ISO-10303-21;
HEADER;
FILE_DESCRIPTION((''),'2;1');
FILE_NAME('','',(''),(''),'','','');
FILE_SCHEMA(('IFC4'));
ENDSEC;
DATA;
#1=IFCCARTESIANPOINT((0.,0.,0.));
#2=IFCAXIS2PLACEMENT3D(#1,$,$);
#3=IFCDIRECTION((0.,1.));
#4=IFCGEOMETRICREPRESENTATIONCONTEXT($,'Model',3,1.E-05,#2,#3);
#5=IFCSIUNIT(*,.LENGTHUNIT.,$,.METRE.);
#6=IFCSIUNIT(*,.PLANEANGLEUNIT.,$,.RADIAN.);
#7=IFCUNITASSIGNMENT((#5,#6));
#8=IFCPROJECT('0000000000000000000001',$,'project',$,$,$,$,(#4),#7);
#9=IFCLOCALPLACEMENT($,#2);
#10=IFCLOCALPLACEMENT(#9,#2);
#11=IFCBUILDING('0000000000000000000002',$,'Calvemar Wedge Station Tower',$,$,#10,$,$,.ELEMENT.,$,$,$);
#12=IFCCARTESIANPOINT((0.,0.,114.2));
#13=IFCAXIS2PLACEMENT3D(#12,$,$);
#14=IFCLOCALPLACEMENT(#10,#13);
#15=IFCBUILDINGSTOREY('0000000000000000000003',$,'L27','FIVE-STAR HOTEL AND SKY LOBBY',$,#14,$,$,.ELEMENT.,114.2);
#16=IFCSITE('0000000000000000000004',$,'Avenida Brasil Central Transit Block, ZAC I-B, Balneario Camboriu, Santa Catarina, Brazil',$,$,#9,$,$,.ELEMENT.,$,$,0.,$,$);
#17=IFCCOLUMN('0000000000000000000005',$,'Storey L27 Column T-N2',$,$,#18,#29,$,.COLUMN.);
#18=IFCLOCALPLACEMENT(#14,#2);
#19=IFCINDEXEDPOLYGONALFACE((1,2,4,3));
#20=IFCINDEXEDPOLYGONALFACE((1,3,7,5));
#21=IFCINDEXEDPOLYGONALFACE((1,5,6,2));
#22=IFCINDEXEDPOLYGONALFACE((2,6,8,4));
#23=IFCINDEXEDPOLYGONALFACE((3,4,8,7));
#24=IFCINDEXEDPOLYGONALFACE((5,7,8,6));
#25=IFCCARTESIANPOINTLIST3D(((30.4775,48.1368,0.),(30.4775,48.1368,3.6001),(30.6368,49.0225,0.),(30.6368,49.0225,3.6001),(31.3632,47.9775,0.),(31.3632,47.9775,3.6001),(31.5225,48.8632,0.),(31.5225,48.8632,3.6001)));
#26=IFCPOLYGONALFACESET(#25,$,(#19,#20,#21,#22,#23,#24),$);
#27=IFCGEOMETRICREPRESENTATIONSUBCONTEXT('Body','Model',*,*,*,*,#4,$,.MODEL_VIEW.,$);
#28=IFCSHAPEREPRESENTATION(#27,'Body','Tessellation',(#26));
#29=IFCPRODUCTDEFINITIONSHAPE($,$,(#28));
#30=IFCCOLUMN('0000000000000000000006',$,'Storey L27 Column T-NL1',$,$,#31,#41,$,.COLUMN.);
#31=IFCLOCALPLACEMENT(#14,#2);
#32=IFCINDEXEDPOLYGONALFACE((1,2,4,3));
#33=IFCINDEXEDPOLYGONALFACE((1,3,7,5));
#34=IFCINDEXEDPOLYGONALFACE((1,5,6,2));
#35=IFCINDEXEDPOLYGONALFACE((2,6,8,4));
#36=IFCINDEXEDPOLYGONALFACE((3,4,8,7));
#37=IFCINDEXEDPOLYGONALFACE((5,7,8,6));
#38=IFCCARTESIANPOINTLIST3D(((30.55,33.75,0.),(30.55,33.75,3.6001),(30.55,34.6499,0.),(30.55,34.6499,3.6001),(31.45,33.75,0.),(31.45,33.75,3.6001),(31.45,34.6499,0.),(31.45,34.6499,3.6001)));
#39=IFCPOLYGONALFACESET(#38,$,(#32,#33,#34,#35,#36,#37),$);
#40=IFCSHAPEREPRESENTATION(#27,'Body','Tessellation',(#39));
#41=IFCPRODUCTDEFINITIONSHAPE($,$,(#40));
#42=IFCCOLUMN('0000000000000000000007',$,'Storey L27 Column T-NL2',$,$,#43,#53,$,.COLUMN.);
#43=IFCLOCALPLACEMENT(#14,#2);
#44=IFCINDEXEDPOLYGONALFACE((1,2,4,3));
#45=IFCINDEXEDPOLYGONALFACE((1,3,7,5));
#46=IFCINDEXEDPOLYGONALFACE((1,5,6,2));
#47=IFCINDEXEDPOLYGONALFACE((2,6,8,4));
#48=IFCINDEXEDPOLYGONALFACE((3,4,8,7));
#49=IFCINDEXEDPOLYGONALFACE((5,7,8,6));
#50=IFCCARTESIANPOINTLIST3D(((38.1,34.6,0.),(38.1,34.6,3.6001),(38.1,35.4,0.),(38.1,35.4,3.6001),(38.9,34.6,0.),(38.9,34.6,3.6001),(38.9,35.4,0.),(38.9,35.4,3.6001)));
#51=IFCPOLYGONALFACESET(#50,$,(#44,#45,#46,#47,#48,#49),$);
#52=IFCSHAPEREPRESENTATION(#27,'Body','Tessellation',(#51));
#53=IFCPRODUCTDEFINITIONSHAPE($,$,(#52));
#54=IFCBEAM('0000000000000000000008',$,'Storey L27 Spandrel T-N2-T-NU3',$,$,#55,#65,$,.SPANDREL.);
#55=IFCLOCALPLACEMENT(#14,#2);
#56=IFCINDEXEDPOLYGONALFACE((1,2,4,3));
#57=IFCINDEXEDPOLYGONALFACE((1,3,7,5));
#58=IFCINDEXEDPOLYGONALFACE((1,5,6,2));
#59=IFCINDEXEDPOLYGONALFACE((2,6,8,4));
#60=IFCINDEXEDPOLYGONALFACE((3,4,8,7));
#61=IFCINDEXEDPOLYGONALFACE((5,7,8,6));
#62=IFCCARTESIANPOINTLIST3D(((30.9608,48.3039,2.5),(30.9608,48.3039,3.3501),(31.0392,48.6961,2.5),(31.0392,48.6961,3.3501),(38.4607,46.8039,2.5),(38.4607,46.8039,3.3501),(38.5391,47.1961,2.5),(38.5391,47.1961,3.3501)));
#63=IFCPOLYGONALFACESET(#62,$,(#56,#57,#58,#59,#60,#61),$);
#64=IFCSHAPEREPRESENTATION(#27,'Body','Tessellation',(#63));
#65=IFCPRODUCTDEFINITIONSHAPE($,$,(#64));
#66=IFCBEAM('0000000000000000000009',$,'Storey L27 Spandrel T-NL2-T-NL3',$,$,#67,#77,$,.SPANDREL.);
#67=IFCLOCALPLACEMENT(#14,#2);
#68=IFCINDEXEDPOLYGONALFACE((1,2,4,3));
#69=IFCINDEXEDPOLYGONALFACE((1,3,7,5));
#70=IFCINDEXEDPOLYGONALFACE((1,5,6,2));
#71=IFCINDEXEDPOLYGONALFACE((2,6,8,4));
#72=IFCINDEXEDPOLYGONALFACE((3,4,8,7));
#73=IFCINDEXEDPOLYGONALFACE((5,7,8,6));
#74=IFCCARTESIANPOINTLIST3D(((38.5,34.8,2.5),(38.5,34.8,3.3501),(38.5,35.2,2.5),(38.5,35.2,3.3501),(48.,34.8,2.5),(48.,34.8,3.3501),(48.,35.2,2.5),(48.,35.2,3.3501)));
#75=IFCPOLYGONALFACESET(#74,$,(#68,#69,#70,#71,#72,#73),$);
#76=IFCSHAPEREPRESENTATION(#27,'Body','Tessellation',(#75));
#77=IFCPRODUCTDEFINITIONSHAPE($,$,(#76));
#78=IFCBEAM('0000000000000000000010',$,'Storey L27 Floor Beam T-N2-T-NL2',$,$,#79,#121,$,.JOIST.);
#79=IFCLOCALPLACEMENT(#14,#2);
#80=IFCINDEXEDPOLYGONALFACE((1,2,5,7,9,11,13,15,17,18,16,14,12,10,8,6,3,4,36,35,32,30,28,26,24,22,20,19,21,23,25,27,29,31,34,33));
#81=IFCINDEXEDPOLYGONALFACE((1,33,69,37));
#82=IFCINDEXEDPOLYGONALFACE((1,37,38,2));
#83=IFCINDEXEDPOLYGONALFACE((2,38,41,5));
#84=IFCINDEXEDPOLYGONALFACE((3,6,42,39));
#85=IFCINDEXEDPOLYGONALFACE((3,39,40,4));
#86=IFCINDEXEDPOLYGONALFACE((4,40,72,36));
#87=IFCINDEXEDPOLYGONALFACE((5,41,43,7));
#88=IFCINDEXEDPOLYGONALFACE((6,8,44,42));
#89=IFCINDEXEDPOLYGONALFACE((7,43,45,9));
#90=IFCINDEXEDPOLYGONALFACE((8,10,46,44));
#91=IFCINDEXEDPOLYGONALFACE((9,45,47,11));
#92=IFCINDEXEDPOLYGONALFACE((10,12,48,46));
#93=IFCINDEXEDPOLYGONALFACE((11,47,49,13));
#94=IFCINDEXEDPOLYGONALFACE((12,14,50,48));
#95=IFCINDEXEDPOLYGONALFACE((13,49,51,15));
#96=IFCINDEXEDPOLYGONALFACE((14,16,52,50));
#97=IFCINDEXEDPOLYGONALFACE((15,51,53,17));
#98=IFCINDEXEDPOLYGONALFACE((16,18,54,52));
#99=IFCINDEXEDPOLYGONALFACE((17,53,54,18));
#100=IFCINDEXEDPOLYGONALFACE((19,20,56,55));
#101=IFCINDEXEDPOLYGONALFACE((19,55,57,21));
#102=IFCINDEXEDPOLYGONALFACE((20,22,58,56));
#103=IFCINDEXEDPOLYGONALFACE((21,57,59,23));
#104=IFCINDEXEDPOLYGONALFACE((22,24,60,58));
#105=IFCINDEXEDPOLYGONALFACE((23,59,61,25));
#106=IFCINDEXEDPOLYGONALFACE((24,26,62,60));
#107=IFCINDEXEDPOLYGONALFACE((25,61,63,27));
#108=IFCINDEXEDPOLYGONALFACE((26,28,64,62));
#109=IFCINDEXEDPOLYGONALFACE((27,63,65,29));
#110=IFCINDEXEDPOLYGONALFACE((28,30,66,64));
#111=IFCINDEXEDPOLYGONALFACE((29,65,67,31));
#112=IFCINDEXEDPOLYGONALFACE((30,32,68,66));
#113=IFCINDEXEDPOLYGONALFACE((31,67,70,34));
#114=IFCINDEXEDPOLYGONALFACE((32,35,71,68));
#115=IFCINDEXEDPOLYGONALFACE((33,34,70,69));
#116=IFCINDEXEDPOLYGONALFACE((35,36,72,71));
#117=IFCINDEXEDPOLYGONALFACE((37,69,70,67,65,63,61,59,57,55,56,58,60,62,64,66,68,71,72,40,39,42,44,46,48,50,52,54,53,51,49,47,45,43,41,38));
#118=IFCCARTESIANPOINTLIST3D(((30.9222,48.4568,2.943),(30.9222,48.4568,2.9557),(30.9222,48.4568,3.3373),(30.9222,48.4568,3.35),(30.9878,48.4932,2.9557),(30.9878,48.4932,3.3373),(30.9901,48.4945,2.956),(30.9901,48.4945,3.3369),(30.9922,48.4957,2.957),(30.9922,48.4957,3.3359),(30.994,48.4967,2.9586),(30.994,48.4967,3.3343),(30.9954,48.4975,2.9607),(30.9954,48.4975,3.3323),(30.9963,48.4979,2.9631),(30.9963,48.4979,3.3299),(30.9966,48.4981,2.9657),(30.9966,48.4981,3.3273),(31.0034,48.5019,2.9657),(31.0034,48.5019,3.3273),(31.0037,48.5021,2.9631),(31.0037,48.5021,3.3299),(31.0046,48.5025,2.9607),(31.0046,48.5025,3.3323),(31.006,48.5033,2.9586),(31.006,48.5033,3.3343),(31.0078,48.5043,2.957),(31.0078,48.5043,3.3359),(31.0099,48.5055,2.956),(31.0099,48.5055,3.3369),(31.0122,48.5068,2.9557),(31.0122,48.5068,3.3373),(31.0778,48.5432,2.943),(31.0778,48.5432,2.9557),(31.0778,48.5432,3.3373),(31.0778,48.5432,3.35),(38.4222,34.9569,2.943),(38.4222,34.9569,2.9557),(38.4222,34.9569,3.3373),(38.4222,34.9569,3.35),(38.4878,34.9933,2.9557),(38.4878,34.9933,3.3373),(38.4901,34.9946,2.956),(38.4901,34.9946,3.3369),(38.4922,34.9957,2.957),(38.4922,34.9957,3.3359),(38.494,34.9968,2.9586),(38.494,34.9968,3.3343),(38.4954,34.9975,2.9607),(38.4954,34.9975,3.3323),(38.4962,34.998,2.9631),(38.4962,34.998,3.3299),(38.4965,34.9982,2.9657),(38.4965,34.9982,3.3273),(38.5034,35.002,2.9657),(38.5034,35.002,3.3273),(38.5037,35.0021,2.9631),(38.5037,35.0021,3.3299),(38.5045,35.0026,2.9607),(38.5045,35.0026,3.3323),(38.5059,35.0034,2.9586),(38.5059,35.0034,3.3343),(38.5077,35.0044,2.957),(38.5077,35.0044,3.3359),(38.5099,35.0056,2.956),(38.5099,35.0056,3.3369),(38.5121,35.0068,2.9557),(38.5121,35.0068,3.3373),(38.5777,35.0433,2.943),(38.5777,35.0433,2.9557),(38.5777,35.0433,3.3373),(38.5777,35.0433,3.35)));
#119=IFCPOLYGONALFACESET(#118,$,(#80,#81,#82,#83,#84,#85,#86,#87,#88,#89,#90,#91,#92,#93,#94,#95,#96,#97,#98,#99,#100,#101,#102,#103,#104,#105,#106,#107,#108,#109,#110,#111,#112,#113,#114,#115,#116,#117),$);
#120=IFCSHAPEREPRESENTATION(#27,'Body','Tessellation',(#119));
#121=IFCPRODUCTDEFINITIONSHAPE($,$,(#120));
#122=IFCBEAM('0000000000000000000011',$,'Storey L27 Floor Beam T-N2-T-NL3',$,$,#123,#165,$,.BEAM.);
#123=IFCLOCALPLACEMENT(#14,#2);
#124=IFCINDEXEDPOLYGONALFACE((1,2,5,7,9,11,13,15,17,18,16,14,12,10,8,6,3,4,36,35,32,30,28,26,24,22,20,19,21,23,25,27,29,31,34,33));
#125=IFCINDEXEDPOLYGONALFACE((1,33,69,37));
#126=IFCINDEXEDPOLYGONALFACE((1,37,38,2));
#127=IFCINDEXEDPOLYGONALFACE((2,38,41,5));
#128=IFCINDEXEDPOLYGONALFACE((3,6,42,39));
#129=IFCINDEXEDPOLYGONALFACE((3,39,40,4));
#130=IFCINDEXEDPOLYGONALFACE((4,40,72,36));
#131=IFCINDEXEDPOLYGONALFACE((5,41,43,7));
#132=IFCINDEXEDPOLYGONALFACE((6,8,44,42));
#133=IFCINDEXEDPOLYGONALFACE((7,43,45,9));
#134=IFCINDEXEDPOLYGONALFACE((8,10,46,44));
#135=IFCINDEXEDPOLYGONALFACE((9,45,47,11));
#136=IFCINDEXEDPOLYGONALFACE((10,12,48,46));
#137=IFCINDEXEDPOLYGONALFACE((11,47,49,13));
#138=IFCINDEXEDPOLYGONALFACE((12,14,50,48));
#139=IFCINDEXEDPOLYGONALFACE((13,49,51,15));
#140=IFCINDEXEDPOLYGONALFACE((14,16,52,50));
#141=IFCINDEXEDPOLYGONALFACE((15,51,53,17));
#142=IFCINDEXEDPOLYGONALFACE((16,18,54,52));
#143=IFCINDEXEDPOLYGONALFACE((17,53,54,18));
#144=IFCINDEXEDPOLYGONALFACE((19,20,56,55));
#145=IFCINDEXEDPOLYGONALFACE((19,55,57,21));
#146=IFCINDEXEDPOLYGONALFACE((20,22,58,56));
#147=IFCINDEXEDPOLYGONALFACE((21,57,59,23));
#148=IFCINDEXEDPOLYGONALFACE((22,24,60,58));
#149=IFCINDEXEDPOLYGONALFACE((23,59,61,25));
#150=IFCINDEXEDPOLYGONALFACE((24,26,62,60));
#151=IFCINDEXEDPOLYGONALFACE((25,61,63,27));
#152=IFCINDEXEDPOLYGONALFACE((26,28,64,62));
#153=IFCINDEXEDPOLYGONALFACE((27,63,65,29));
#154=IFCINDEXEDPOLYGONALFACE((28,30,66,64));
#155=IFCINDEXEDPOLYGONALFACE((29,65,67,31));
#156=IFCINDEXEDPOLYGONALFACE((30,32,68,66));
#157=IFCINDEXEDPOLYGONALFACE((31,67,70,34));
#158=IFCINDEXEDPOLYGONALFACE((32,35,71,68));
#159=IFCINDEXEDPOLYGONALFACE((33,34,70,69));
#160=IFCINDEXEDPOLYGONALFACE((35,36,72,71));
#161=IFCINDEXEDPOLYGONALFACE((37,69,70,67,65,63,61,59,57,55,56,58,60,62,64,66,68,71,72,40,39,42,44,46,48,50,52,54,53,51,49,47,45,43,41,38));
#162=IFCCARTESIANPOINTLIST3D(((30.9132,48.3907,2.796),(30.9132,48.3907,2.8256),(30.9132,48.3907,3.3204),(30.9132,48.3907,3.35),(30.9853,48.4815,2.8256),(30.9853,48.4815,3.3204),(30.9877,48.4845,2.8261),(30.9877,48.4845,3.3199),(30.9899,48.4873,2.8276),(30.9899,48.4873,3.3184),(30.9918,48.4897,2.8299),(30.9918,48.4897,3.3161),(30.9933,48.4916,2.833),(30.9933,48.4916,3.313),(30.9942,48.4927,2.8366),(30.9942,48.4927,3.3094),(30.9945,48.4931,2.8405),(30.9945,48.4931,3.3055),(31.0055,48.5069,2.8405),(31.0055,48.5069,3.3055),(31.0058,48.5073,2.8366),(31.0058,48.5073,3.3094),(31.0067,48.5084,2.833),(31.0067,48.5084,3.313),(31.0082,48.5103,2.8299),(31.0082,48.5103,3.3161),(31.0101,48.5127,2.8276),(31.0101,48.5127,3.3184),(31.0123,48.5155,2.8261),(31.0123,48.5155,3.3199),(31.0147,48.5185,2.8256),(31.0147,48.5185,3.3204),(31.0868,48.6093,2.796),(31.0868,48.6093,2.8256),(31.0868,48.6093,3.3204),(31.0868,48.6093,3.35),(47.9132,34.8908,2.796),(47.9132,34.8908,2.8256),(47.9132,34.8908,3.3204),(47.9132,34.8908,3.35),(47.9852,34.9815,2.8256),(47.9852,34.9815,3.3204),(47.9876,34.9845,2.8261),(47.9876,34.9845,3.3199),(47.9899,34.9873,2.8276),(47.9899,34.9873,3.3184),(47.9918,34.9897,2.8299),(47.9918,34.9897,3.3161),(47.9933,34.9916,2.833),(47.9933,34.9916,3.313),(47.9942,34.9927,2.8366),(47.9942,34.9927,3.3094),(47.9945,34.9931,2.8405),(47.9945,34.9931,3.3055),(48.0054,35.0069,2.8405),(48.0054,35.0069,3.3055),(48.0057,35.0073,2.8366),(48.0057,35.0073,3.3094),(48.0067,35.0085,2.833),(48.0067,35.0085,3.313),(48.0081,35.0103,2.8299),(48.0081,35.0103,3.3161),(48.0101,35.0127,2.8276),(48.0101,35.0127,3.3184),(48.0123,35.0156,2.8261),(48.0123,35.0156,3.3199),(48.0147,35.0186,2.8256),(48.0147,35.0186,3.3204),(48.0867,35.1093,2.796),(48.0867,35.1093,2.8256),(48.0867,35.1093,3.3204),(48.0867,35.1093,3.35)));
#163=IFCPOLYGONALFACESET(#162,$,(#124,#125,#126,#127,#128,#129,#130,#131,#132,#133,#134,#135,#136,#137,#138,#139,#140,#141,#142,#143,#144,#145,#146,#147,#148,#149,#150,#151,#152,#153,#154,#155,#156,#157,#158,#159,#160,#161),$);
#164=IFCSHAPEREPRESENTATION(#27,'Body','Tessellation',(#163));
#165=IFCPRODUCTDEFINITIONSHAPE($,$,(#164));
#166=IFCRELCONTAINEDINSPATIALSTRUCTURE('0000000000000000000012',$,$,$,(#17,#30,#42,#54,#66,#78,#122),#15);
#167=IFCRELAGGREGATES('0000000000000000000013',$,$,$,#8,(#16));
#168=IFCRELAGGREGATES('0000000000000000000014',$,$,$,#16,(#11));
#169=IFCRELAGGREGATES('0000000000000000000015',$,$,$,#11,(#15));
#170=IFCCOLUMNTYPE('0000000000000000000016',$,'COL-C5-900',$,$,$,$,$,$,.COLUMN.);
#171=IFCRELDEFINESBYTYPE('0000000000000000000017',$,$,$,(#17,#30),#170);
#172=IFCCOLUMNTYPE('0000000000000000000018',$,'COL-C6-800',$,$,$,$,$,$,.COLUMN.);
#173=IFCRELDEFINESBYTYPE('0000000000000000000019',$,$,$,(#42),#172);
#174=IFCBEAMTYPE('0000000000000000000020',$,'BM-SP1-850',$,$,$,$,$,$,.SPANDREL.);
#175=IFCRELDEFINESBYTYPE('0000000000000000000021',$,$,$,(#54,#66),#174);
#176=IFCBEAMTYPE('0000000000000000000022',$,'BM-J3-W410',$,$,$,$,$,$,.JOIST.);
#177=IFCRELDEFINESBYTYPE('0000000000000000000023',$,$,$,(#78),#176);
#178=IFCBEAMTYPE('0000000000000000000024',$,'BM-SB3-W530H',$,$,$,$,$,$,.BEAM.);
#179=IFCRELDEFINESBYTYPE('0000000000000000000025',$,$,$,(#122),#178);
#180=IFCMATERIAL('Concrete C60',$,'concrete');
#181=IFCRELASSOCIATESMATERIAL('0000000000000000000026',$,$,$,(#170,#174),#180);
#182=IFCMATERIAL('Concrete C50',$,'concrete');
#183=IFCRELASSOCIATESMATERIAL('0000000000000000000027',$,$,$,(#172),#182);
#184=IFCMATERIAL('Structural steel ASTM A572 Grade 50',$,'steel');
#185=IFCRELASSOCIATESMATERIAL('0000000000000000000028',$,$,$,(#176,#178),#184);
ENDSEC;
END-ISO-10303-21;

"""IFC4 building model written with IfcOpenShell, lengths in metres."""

from ifc_helpers import new_model, si_unit, direction, frame, origin, origin_2d, place, context, subcontext, project, spatial, rectangle, i_section, extrude, source, transform, mapped, material, material_profile, profile_set, type_object, element, save


model = new_model("IFC4")

# Units and contexts
model_context = context("Model", 3, precision=1e-05, world=origin(), true_north=direction((0.0, 1.0)))
body_context = subcontext(model_context, "Body", "Model", "MODEL_VIEW")
ifc_project = project(units=[si_unit("LENGTHUNIT", "METRE"), si_unit("PLANEANGLEUNIT", "RADIAN")], contexts=[model_context])

# Site, building, storey
site_placement = place(None, origin())
site = spatial("IfcSite", under=ifc_project, at=site_placement, Name="Avenida Brasil Central Transit Block, ZAC I-B, Balneario Camboriu, Santa Catarina, Brazil", CompositionType="ELEMENT", RefElevation=0.0)
building_placement = place(site_placement, origin())
building = spatial("IfcBuilding", under=site, at=building_placement, Name="Calvemar Wedge Station Tower", CompositionType="ELEMENT")
storey_placement = place(building_placement, frame((0.0, 0.0, 114.2)))
storey = spatial("IfcBuildingStorey", under=building, at=storey_placement, Name="L27", Description="FIVE-STAR HOTEL AND SKY LOBBY", CompositionType="ELEMENT", Elevation=114.2)

# Columns
ifc_material_1 = material(Name="Concrete C60", Category="concrete")
ifc_material_profile_1 = material_profile(ifc_material_1, rectangle(XDim=0.8999, YDim=0.8999, at=origin_2d()), Name="RC900x900")
ifc_profile_set_1 = profile_set([ifc_material_profile_1], Name="Concrete C60")
column_type_1 = type_object("IfcColumnType", Name="COL-C5-900", PredefinedType="COLUMN", material=ifc_profile_set_1)
shared_shape_1 = source(origin(), body_context, "Body", "SweptSolid", [
    extrude(rectangle(XDim=0.8999, YDim=0.8999, at=origin_2d()), origin(), (0.0, 0.0, 1.0), 3.6001),
])
for number, where, z_axis, x_axis, name in (
    (1, (31.0, 48.5, 0.0), (0.0, 0.0, 1.0), (0.984196, -0.177085, 0.0), "Storey L27 Column T-N2"),
    (2, (31.0, 34.2, 0.0), (0.0, 0.0, 1.0), (1.0, 0.0, 0.0), "Storey L27 Column T-NL1"),
):
    element("IfcColumn", number, at=place(storey_placement, frame(where, z_axis=z_axis, x_axis=x_axis)), inside=storey, type_object=column_type_1, Name=name, PredefinedType="COLUMN", context=body_context, shape_type="MappedRepresentation", body=[
        mapped(shared_shape_1, transform((0.0, 0.0, 0.0), scale=1.0)),
    ])
ifc_material_2 = material(Name="Concrete C50", Category="concrete")
ifc_material_profile_2 = material_profile(ifc_material_2, rectangle(XDim=0.8, YDim=0.8, at=origin_2d()), Name="RC800x800")
ifc_profile_set_2 = profile_set([ifc_material_profile_2], Name="Concrete C50")
column_type_2 = type_object("IfcColumnType", Name="COL-C6-800", PredefinedType="COLUMN", material=ifc_profile_set_2)
shared_shape_2 = source(origin(), body_context, "Body", "SweptSolid", [
    extrude(rectangle(XDim=0.8, YDim=0.8, at=origin_2d()), origin(), (0.0, 0.0, 1.0), 3.6001),
])
column_placement = place(storey_placement, frame((38.5, 35.0, 0.0), z_axis=(0.0, 0.0, 1.0), x_axis=(1.0, 0.0, 0.0)))
element("IfcColumn", 3, at=column_placement, inside=storey, type_object=column_type_2, Name="Storey L27 Column T-NL2", PredefinedType="COLUMN", context=body_context, shape_type="MappedRepresentation", body=[
    mapped(shared_shape_2, transform((0.0, 0.0, 0.0), scale=1.0)),
])

# Beams
ifc_material_profile_3 = material_profile(ifc_material_1, rectangle(XDim=0.3999, YDim=0.8501, at=origin_2d()), Name="RC400x850")
ifc_profile_set_3 = profile_set([ifc_material_profile_3], Name="Concrete C60")
beam_type_1 = type_object("IfcBeamType", Name="BM-SP1-850", PredefinedType="SPANDREL", material=ifc_profile_set_3)
shared_shape_3 = source(origin(), body_context, "Body", "SweptSolid", [
    extrude(rectangle(XDim=0.3999, YDim=0.8501, at=origin_2d()), origin(), (0.0, 0.0, 1.0), 7.6484),
])
beam_1_placement = place(storey_placement, frame((31.0, 48.5, 2.925), z_axis=(0.980581, -0.196116, 0.0), x_axis=(0.196116, 0.980581, 0.0)))
element("IfcBeam", 4, at=beam_1_placement, inside=storey, type_object=beam_type_1, Name="Storey L27 Spandrel T-N2-T-NU3", PredefinedType="SPANDREL", context=body_context, shape_type="MappedRepresentation", body=[
    mapped(shared_shape_3, transform((0.0, 0.0, 0.0), scale=1.0)),
])
shared_shape_4 = source(origin(), body_context, "Body", "SweptSolid", [
    extrude(rectangle(XDim=0.3999, YDim=0.8501, at=origin_2d()), origin(), (0.0, 0.0, 1.0), 9.5),
])
beam_2_placement = place(storey_placement, frame((38.5, 35.0, 2.925), z_axis=(1.0, 0.0, 0.0), x_axis=(0.0, 1.0, 0.0)))
element("IfcBeam", 5, at=beam_2_placement, inside=storey, type_object=beam_type_1, Name="Storey L27 Spandrel T-NL2-T-NL3", PredefinedType="SPANDREL", context=body_context, shape_type="MappedRepresentation", body=[
    mapped(shared_shape_4, transform((0.0, 0.0, 0.0), scale=1.0)),
])
ifc_material_3 = material(Name="Structural steel ASTM A572 Grade 50", Category="steel")
ifc_material_profile_4 = material_profile(ifc_material_3, i_section(OverallWidth=0.178, OverallDepth=0.407, WebThickness=0.0078, FlangeThickness=0.0127, FilletRadius=0.01, at=origin_2d()), Name="W410x60")
ifc_profile_set_4 = profile_set([ifc_material_profile_4], Name="Structural steel ASTM A572 Grade 50")
beam_type_2 = type_object("IfcBeamType", Name="BM-J3-W410", PredefinedType="JOIST", material=ifc_profile_set_4)
shared_shape_5 = source(origin(), body_context, "Body", "SweptSolid", [
    extrude(i_section(OverallWidth=0.178, OverallDepth=0.407, WebThickness=0.0078, FlangeThickness=0.0127, FilletRadius=0.01, at=origin_2d()), origin(), (0.0, 0.0, 1.0), 15.4434),
])
beam_3_placement = place(storey_placement, frame((31.0, 48.5, 3.1465), z_axis=(0.485643, -0.874157, 0.0), x_axis=(0.874157, 0.485643, 0.0)))
element("IfcBeam", 6, at=beam_3_placement, inside=storey, type_object=beam_type_2, Name="Storey L27 Floor Beam T-N2-T-NL2", PredefinedType="JOIST", context=body_context, shape_type="MappedRepresentation", body=[
    mapped(shared_shape_5, transform((0.0, 0.0, 0.0), scale=1.0)),
])
ifc_material_profile_5 = material_profile(ifc_material_3, i_section(OverallWidth=0.2791, OverallDepth=0.554, WebThickness=0.0176, FlangeThickness=0.0295, FilletRadius=0.0149, at=origin_2d()), Name="W530x196")
ifc_profile_set_5 = profile_set([ifc_material_profile_5], Name="Structural steel ASTM A572 Grade 50")
beam_type_3 = type_object("IfcBeamType", Name="BM-SB3-W530H", PredefinedType="BEAM", material=ifc_profile_set_5)
shared_shape_6 = source(origin(), body_context, "Body", "SweptSolid", [
    extrude(i_section(OverallWidth=0.2791, OverallDepth=0.554, WebThickness=0.0176, FlangeThickness=0.0295, FilletRadius=0.0149, at=origin_2d()), origin(), (0.0, 0.0, 1.0), 21.7083),
])
beam_4_placement = place(storey_placement, frame((31.0, 48.5, 3.073), z_axis=(0.783111, -0.621882, 0.0), x_axis=(0.621882, 0.783111, 0.0)))
element("IfcBeam", 7, at=beam_4_placement, inside=storey, type_object=beam_type_3, Name="Storey L27 Floor Beam T-N2-T-NL3", PredefinedType="BEAM", context=body_context, shape_type="MappedRepresentation", body=[
    mapped(shared_shape_6, transform((0.0, 0.0, 0.0), scale=1.0)),
])

save(model, "model.ifc")
